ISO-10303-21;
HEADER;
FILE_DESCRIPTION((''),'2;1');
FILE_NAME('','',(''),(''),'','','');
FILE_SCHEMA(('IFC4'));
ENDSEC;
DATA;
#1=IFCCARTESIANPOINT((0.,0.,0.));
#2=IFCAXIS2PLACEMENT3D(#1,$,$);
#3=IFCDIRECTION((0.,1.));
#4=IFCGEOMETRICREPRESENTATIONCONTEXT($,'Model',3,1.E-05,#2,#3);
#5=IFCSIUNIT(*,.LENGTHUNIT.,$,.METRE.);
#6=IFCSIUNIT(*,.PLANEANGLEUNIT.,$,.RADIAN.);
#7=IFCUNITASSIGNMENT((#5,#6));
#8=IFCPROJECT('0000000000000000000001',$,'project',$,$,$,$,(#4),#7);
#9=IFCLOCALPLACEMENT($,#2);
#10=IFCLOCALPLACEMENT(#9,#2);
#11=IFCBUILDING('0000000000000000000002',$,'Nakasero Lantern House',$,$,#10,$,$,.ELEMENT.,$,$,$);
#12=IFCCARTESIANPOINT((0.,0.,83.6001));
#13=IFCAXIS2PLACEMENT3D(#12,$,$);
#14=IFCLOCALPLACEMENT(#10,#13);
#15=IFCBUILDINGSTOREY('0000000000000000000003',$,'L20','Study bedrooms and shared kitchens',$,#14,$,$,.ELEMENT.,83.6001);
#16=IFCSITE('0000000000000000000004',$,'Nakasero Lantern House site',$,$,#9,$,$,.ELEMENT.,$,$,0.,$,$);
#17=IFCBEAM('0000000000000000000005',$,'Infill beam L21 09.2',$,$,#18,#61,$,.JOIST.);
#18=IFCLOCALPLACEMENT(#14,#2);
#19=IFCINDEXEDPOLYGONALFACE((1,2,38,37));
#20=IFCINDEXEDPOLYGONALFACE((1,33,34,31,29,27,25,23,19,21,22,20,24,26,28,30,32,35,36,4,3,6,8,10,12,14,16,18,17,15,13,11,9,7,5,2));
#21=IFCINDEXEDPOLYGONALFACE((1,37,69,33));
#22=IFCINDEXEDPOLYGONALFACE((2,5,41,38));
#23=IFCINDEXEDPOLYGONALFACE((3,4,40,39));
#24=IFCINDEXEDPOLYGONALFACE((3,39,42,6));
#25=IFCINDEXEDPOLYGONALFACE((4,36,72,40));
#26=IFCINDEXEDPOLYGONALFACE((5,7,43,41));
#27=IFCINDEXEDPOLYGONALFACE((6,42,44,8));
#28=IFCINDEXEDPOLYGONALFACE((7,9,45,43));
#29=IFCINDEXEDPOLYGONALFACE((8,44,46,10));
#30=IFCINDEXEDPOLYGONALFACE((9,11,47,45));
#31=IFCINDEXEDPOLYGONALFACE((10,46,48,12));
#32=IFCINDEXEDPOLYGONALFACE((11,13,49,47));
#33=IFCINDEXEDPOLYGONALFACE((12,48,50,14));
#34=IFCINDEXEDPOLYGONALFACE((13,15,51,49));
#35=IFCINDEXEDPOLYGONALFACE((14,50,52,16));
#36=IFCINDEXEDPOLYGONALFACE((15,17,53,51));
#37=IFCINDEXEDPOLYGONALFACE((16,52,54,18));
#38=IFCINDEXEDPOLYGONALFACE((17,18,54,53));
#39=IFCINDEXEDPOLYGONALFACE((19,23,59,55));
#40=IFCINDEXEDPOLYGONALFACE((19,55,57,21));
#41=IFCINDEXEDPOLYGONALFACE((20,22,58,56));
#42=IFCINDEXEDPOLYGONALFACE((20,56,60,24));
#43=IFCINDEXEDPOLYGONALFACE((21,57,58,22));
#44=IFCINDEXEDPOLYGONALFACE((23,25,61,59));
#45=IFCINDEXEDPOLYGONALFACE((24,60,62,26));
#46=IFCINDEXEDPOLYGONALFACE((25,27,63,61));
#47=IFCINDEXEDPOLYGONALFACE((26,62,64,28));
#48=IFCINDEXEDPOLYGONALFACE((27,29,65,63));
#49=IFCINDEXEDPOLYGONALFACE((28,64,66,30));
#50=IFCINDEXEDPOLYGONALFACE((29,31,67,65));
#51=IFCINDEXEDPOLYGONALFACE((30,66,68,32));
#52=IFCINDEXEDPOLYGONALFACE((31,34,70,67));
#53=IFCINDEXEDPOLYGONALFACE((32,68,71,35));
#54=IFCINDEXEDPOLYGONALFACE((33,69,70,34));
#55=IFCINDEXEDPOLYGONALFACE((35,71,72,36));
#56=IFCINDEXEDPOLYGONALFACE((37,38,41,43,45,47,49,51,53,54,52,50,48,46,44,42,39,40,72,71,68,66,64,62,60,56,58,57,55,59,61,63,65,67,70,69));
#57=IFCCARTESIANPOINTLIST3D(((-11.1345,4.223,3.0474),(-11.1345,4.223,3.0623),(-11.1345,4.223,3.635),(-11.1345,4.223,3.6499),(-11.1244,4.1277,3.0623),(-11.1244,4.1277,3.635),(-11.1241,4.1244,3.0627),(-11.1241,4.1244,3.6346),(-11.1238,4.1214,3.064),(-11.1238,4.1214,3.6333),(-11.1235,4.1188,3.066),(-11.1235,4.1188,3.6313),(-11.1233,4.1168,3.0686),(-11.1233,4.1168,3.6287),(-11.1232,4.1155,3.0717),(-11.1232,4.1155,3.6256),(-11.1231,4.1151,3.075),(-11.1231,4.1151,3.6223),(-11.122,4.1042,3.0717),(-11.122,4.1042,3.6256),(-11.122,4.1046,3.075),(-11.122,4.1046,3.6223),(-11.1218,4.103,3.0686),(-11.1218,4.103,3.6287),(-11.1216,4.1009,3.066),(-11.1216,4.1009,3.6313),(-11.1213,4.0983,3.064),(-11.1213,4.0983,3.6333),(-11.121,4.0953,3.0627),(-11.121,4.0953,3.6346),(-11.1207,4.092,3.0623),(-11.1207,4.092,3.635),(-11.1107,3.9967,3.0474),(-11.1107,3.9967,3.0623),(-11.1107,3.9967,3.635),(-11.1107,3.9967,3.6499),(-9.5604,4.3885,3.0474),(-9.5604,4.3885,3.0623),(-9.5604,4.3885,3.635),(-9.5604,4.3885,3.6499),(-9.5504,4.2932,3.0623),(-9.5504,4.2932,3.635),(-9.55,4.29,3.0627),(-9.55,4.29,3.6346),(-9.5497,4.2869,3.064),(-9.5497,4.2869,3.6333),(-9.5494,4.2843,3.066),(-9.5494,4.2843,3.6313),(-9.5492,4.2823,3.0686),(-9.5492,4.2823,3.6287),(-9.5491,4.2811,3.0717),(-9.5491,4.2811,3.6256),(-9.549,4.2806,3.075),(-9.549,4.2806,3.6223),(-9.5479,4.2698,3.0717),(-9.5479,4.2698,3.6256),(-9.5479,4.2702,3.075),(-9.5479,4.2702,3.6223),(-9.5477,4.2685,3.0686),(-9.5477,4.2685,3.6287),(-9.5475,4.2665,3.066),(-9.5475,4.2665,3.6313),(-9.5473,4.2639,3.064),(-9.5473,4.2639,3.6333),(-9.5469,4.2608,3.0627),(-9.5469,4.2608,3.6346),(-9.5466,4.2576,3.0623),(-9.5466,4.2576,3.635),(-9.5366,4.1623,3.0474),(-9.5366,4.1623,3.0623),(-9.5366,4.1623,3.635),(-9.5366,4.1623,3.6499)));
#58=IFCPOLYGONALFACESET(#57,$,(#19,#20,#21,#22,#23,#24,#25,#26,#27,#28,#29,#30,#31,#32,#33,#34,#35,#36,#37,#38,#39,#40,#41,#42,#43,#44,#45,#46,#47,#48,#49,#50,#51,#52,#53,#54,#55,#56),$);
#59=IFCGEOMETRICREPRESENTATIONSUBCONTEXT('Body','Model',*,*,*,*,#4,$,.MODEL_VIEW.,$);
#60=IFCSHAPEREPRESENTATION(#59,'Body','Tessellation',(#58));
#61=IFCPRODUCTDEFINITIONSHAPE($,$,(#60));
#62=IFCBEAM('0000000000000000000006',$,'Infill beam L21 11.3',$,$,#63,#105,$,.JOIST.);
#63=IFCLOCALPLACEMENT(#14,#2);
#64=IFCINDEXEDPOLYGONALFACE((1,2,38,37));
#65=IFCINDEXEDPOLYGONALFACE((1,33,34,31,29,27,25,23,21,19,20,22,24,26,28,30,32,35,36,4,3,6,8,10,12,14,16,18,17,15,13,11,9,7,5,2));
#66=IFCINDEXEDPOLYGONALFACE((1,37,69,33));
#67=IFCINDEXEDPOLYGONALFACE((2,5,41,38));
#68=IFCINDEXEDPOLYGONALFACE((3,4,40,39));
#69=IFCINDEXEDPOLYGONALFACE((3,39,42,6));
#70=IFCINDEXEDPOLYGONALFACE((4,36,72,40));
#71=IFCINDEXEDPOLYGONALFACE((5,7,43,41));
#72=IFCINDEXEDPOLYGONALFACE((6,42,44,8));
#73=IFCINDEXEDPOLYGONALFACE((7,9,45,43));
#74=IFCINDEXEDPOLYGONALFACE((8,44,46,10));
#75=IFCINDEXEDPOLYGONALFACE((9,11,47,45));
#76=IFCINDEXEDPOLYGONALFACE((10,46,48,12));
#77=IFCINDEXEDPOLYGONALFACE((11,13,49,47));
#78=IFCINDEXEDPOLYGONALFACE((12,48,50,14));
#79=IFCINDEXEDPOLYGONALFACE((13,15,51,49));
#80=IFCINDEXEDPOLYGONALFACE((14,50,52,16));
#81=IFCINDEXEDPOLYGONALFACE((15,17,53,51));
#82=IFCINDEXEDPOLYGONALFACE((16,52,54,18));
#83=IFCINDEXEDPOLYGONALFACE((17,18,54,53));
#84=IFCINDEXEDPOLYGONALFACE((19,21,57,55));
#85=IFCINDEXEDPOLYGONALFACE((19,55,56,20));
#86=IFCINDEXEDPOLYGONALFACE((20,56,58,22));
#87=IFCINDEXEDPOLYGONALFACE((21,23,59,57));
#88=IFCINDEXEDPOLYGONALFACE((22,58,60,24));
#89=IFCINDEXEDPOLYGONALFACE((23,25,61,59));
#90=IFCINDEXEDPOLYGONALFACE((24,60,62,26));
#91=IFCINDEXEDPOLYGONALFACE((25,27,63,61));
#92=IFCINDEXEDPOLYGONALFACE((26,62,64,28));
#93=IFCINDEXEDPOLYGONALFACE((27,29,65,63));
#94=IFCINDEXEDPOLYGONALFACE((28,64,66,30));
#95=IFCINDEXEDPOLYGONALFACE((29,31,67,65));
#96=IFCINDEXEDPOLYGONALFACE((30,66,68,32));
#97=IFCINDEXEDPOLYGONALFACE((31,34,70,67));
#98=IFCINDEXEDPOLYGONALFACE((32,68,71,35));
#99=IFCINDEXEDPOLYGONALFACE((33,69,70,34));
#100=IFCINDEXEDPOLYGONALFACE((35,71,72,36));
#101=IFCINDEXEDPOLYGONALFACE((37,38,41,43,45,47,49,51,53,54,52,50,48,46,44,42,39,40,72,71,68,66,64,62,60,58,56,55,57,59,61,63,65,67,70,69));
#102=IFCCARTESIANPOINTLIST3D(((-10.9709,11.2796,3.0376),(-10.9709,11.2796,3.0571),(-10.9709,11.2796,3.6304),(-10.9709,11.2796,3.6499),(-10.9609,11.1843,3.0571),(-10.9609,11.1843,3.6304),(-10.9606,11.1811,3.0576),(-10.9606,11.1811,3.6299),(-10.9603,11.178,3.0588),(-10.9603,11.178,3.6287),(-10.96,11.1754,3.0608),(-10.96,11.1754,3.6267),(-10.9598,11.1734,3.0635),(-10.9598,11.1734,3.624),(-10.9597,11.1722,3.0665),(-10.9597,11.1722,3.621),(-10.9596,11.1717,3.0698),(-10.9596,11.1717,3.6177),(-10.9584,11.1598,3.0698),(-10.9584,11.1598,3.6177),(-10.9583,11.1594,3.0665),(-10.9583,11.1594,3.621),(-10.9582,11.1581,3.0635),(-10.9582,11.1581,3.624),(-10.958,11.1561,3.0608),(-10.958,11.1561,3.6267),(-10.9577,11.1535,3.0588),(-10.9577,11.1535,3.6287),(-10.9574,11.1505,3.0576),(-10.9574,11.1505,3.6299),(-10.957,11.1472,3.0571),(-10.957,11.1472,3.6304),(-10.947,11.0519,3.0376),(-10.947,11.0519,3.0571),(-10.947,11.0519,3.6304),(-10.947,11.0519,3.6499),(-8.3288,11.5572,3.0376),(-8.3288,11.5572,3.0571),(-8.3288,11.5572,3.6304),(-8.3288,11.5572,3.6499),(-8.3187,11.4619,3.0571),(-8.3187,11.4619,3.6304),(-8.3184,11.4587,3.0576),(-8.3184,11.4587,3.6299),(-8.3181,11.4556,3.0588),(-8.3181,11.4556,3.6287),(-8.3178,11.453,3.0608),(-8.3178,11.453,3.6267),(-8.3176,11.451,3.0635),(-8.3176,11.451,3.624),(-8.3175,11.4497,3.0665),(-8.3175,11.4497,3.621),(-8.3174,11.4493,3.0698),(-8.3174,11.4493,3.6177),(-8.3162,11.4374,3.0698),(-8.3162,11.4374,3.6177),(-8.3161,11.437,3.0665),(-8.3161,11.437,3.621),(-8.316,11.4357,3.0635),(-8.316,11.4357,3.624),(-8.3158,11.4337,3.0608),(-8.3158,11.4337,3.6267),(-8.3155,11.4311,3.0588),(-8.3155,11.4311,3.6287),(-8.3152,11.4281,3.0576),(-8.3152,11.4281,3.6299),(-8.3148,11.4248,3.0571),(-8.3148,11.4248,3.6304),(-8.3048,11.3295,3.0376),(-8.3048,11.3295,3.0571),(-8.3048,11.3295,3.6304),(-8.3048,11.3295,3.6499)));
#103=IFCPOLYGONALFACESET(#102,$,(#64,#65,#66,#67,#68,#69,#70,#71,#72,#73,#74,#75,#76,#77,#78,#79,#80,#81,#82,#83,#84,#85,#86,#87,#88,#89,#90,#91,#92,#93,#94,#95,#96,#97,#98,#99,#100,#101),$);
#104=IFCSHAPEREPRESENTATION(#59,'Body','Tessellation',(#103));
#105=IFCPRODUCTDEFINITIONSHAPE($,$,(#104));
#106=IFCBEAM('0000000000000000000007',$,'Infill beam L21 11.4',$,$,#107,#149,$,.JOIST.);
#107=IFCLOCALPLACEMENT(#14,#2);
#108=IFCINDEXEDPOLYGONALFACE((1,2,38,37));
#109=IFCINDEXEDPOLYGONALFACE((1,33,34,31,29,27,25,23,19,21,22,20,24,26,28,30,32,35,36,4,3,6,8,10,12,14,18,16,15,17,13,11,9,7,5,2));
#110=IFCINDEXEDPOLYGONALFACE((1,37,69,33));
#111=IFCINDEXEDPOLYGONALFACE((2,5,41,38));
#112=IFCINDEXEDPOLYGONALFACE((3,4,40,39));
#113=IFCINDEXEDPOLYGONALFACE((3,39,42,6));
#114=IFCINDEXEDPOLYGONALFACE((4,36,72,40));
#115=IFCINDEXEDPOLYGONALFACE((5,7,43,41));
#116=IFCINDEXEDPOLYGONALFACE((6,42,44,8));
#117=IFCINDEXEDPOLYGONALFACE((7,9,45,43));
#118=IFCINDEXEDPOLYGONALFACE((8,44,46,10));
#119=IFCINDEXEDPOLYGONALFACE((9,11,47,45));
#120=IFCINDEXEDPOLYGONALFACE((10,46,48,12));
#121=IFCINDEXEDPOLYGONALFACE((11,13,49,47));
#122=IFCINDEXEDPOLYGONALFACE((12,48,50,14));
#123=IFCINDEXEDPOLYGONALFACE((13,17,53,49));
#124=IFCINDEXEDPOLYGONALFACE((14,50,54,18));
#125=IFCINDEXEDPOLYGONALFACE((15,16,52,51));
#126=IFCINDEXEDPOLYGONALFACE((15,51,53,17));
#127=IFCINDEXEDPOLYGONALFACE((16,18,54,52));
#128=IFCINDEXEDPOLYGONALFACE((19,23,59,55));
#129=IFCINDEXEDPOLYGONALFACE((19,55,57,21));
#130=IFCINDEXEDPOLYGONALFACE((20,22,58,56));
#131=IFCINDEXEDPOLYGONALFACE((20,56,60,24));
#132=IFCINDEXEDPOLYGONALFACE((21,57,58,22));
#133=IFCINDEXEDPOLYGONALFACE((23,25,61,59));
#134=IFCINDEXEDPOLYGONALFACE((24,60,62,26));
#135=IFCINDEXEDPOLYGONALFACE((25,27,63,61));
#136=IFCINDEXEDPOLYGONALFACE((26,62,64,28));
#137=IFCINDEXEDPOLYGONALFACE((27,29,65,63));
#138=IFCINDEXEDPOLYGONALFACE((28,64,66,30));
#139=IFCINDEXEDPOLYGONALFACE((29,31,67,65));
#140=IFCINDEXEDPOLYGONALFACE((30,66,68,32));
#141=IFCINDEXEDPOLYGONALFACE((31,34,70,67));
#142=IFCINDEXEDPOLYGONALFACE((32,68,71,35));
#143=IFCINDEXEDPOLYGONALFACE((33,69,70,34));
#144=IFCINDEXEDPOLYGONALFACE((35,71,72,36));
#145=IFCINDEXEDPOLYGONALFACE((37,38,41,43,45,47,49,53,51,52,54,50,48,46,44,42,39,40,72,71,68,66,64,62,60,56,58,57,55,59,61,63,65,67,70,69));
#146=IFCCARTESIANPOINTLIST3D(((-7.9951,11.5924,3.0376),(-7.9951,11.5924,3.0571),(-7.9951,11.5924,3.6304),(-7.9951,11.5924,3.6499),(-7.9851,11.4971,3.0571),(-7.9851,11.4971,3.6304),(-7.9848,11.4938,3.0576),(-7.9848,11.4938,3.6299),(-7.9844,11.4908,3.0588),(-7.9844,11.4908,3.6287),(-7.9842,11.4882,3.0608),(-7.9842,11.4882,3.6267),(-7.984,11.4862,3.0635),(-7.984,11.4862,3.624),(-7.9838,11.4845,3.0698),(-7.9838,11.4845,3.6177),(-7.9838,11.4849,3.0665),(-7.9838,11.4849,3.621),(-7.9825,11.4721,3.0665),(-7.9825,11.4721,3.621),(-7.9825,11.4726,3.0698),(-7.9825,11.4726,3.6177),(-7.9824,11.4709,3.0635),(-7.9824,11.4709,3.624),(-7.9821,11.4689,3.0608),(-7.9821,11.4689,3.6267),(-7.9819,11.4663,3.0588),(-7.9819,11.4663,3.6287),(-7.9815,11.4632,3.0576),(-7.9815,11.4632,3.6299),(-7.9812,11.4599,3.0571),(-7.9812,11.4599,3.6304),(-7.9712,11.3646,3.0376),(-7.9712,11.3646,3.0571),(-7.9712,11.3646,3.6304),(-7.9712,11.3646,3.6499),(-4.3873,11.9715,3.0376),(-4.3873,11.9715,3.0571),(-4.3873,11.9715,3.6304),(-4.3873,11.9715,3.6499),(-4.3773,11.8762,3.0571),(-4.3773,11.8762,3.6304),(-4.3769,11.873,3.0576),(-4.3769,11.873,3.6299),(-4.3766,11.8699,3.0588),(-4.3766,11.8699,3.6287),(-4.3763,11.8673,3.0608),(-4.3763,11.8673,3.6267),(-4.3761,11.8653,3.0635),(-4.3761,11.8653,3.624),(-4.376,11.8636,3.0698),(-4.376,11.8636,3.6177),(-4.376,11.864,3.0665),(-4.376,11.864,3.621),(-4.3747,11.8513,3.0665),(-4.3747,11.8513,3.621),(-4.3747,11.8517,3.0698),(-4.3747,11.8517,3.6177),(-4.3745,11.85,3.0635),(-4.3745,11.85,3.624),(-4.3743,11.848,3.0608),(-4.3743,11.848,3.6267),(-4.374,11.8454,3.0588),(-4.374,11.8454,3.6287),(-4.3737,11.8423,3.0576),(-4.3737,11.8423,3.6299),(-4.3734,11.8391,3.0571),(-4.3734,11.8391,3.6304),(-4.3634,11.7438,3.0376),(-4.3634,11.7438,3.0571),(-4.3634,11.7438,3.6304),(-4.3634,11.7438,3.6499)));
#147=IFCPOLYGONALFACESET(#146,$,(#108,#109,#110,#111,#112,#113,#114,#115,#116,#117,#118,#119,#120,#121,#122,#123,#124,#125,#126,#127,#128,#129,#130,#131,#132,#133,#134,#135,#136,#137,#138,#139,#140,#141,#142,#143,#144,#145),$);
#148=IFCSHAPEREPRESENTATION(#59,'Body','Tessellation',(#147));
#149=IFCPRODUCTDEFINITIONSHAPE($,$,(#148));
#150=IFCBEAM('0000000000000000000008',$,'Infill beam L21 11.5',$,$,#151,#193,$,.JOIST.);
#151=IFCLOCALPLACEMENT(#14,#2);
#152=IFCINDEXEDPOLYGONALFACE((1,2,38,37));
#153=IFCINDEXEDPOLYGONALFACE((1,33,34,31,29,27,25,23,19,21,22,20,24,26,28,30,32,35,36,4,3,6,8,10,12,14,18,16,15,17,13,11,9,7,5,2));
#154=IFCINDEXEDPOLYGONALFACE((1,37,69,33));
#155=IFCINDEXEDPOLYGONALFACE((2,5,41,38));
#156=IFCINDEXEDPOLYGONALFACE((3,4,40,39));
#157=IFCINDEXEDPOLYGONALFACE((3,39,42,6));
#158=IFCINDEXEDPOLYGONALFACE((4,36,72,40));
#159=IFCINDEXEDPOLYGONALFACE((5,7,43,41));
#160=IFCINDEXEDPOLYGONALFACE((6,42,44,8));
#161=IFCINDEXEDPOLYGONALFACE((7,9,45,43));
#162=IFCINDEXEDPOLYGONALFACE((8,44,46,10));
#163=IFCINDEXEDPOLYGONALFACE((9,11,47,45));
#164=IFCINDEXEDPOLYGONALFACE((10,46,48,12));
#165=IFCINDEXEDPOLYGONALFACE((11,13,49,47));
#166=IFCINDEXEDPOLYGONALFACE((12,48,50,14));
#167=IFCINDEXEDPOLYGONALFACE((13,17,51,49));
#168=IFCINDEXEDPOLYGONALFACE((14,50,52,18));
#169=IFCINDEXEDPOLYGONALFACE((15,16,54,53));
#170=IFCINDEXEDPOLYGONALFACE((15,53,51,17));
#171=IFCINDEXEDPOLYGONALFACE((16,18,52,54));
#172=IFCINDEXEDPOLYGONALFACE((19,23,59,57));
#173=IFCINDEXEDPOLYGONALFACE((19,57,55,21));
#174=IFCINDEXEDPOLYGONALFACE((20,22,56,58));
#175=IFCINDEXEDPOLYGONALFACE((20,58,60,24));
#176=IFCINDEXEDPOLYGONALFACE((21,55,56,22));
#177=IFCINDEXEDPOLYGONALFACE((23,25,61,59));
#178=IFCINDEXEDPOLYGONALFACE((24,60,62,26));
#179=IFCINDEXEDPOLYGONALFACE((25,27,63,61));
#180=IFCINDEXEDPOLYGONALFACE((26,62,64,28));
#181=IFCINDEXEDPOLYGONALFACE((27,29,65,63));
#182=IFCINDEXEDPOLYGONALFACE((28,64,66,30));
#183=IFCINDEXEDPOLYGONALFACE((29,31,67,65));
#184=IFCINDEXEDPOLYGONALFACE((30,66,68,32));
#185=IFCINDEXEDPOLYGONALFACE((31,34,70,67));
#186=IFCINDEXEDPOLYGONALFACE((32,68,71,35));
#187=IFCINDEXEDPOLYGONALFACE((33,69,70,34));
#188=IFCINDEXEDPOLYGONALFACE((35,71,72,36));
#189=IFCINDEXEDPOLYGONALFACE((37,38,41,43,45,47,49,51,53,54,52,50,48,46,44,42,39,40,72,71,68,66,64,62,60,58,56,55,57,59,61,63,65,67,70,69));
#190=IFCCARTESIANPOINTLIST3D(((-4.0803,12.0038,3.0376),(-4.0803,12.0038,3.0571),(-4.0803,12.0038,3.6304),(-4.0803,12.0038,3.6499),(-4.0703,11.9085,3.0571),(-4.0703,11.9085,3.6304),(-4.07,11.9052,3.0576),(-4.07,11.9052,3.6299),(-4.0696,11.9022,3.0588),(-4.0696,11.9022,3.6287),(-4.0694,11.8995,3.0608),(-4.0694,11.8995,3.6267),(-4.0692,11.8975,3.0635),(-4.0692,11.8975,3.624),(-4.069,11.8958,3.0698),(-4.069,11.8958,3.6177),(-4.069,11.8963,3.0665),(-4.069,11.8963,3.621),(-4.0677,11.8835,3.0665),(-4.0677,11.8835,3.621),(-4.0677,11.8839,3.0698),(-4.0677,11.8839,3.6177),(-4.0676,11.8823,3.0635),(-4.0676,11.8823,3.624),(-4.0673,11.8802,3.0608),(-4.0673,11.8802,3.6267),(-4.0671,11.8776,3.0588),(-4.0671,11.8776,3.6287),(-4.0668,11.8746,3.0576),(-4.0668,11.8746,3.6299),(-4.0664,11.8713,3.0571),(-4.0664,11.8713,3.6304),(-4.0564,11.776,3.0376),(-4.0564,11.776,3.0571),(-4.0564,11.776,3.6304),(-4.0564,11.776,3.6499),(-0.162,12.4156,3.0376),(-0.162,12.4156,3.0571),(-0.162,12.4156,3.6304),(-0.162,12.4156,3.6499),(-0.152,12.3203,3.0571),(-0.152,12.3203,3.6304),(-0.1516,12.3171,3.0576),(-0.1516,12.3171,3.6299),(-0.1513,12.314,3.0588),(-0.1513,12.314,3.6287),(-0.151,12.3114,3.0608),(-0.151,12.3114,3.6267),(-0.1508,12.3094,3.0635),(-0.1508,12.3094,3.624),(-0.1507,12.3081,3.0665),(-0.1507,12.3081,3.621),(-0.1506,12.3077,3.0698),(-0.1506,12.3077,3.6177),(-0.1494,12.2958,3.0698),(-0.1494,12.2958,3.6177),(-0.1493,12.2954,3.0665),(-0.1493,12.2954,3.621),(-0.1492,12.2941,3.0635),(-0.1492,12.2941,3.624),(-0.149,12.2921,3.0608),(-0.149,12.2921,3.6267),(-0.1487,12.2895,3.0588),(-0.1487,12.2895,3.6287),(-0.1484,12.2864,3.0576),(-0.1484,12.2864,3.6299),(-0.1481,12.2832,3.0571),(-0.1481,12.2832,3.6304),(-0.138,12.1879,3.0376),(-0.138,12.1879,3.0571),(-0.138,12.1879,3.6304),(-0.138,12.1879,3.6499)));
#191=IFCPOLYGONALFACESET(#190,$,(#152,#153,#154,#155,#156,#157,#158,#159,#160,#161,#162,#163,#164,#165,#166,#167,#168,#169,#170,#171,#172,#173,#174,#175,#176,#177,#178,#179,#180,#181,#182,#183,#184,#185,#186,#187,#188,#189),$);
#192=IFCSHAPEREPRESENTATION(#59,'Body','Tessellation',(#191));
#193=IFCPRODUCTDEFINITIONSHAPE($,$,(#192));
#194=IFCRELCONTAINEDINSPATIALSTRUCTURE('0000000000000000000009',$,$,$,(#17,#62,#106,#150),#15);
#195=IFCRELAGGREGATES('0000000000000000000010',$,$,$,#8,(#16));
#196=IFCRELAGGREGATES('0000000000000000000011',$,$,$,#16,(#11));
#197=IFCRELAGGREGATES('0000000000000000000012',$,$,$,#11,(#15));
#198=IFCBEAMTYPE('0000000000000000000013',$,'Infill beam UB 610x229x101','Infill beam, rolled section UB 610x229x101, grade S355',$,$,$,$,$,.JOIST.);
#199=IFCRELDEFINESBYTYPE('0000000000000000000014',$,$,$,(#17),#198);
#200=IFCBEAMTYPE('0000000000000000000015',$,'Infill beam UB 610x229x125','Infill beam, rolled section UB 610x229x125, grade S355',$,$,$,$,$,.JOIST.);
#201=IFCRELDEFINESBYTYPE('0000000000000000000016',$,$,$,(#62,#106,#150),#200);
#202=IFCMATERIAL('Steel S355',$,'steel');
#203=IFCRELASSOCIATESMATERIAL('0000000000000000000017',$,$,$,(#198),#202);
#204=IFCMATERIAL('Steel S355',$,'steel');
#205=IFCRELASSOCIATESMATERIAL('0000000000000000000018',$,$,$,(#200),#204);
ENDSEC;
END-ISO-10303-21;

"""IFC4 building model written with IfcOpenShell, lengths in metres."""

from ifc_helpers import new_model, si_unit, direction, frame, origin, origin_2d, place, context, subcontext, project, spatial, i_section, extrude, material, material_profile, profile_set, type_object, element, save


model = new_model("IFC4")

# Units and contexts
model_context = context("Model", 3, precision=1e-05, world=origin(), true_north=direction((0.0, 1.0)))
body_context = subcontext(model_context, "Body", "Model", "MODEL_VIEW")
ifc_project = project(units=[si_unit("LENGTHUNIT", "METRE"), si_unit("PLANEANGLEUNIT", "RADIAN")], contexts=[model_context])

# Site, building, storey
site_placement = place(None, origin())
site = spatial("IfcSite", under=ifc_project, at=site_placement, Name="Nakasero Lantern House site", CompositionType="ELEMENT", RefElevation=0.0)
building_placement = place(site_placement, origin())
building = spatial("IfcBuilding", under=site, at=building_placement, Name="Nakasero Lantern House", CompositionType="ELEMENT")
storey_placement = place(building_placement, frame((0.0, 0.0, 83.6001)))
storey = spatial("IfcBuildingStorey", under=building, at=storey_placement, Name="L20", Description="Study bedrooms and shared kitchens", CompositionType="ELEMENT", Elevation=83.6001)

# Beams
ifc_material_1 = material(Name="Steel S355", Category="steel")
ifc_material_profile_1 = material_profile(ifc_material_1, i_section(OverallWidth=0.2275, OverallDepth=0.6025, WebThickness=0.0105, FlangeThickness=0.0149, FilletRadius=0.0127, at=origin_2d()), Name="UB 610x229x101")
ifc_profile_set_1 = profile_set([ifc_material_profile_1], Name="Steel S355")
beam_type_1 = type_object("IfcBeamType", Name="Infill beam UB 610x229x101", Description="Infill beam, rolled section UB 610x229x101, grade S355", PredefinedType="JOIST", material=ifc_profile_set_1)
beam_1_placement = place(storey_placement, frame((-11.1226, 4.1099, 3.3486), z_axis=(0.994516, 0.104588, 0.0), x_axis=(-0.104588, 0.994516, 0.0)))
element("IfcBeam", 1, at=beam_1_placement, inside=storey, type_object=beam_type_1, Name="Infill beam L21 09.2", PredefinedType="JOIST", context=body_context, shape_type="SweptSolid", body=[
    extrude(i_section(OverallWidth=0.2275, OverallDepth=0.6025, WebThickness=0.0105, FlangeThickness=0.0149, FilletRadius=0.0127, at=origin_2d()), origin(), (0.0, 0.0, 1.0), 1.5828),
])
ifc_material_2 = material(Name="Steel S355", Category="steel")
ifc_material_profile_2 = material_profile(ifc_material_2, i_section(OverallWidth=0.229, OverallDepth=0.6123, WebThickness=0.012, FlangeThickness=0.0195, FilletRadius=0.0127, at=origin_2d()), Name="UB 610x229x125")
ifc_profile_set_2 = profile_set([ifc_material_profile_2], Name="Steel S355")
beam_type_2 = type_object("IfcBeamType", Name="Infill beam UB 610x229x125", Description="Infill beam, rolled section UB 610x229x125, grade S355", PredefinedType="JOIST", material=ifc_profile_set_2)
beam_2_placement = place(storey_placement, frame((-10.959, 11.1658, 3.3438), z_axis=(0.994526, 0.104489, 0.0), x_axis=(-0.104489, 0.994526, 0.0)))
element("IfcBeam", 2, at=beam_2_placement, inside=storey, type_object=beam_type_2, Name="Infill beam L21 11.3", PredefinedType="JOIST", context=body_context, shape_type="SweptSolid", body=[
    extrude(i_section(OverallWidth=0.229, OverallDepth=0.6123, WebThickness=0.012, FlangeThickness=0.0195, FilletRadius=0.0127, at=origin_2d()), origin(), (0.0, 0.0, 1.0), 2.6567),
])
beam_3_placement = place(storey_placement, frame((-7.9832, 11.4785, 3.3438), z_axis=(0.994524, 0.104513, 0.0), x_axis=(-0.104513, 0.994524, 0.0)))
element("IfcBeam", 3, at=beam_3_placement, inside=storey, type_object=beam_type_2, Name="Infill beam L21 11.4", PredefinedType="JOIST", context=body_context, shape_type="SweptSolid", body=[
    extrude(i_section(OverallWidth=0.229, OverallDepth=0.6123, WebThickness=0.012, FlangeThickness=0.0195, FilletRadius=0.0127, at=origin_2d()), origin(), (0.0, 0.0, 1.0), 3.6277),
])
beam_4_placement = place(storey_placement, frame((-4.0684, 11.8899, 3.3438), z_axis=(0.994521, 0.104533, 0.0), x_axis=(-0.104533, 0.994521, 0.0)))
element("IfcBeam", 4, at=beam_4_placement, inside=storey, type_object=beam_type_2, Name="Infill beam L21 11.5", PredefinedType="JOIST", context=body_context, shape_type="SweptSolid", body=[
    extrude(i_section(OverallWidth=0.229, OverallDepth=0.6123, WebThickness=0.012, FlangeThickness=0.0195, FilletRadius=0.0127, at=origin_2d()), origin(), (0.0, 0.0, 1.0), 3.9399),
])

save(model, "model.ifc")
